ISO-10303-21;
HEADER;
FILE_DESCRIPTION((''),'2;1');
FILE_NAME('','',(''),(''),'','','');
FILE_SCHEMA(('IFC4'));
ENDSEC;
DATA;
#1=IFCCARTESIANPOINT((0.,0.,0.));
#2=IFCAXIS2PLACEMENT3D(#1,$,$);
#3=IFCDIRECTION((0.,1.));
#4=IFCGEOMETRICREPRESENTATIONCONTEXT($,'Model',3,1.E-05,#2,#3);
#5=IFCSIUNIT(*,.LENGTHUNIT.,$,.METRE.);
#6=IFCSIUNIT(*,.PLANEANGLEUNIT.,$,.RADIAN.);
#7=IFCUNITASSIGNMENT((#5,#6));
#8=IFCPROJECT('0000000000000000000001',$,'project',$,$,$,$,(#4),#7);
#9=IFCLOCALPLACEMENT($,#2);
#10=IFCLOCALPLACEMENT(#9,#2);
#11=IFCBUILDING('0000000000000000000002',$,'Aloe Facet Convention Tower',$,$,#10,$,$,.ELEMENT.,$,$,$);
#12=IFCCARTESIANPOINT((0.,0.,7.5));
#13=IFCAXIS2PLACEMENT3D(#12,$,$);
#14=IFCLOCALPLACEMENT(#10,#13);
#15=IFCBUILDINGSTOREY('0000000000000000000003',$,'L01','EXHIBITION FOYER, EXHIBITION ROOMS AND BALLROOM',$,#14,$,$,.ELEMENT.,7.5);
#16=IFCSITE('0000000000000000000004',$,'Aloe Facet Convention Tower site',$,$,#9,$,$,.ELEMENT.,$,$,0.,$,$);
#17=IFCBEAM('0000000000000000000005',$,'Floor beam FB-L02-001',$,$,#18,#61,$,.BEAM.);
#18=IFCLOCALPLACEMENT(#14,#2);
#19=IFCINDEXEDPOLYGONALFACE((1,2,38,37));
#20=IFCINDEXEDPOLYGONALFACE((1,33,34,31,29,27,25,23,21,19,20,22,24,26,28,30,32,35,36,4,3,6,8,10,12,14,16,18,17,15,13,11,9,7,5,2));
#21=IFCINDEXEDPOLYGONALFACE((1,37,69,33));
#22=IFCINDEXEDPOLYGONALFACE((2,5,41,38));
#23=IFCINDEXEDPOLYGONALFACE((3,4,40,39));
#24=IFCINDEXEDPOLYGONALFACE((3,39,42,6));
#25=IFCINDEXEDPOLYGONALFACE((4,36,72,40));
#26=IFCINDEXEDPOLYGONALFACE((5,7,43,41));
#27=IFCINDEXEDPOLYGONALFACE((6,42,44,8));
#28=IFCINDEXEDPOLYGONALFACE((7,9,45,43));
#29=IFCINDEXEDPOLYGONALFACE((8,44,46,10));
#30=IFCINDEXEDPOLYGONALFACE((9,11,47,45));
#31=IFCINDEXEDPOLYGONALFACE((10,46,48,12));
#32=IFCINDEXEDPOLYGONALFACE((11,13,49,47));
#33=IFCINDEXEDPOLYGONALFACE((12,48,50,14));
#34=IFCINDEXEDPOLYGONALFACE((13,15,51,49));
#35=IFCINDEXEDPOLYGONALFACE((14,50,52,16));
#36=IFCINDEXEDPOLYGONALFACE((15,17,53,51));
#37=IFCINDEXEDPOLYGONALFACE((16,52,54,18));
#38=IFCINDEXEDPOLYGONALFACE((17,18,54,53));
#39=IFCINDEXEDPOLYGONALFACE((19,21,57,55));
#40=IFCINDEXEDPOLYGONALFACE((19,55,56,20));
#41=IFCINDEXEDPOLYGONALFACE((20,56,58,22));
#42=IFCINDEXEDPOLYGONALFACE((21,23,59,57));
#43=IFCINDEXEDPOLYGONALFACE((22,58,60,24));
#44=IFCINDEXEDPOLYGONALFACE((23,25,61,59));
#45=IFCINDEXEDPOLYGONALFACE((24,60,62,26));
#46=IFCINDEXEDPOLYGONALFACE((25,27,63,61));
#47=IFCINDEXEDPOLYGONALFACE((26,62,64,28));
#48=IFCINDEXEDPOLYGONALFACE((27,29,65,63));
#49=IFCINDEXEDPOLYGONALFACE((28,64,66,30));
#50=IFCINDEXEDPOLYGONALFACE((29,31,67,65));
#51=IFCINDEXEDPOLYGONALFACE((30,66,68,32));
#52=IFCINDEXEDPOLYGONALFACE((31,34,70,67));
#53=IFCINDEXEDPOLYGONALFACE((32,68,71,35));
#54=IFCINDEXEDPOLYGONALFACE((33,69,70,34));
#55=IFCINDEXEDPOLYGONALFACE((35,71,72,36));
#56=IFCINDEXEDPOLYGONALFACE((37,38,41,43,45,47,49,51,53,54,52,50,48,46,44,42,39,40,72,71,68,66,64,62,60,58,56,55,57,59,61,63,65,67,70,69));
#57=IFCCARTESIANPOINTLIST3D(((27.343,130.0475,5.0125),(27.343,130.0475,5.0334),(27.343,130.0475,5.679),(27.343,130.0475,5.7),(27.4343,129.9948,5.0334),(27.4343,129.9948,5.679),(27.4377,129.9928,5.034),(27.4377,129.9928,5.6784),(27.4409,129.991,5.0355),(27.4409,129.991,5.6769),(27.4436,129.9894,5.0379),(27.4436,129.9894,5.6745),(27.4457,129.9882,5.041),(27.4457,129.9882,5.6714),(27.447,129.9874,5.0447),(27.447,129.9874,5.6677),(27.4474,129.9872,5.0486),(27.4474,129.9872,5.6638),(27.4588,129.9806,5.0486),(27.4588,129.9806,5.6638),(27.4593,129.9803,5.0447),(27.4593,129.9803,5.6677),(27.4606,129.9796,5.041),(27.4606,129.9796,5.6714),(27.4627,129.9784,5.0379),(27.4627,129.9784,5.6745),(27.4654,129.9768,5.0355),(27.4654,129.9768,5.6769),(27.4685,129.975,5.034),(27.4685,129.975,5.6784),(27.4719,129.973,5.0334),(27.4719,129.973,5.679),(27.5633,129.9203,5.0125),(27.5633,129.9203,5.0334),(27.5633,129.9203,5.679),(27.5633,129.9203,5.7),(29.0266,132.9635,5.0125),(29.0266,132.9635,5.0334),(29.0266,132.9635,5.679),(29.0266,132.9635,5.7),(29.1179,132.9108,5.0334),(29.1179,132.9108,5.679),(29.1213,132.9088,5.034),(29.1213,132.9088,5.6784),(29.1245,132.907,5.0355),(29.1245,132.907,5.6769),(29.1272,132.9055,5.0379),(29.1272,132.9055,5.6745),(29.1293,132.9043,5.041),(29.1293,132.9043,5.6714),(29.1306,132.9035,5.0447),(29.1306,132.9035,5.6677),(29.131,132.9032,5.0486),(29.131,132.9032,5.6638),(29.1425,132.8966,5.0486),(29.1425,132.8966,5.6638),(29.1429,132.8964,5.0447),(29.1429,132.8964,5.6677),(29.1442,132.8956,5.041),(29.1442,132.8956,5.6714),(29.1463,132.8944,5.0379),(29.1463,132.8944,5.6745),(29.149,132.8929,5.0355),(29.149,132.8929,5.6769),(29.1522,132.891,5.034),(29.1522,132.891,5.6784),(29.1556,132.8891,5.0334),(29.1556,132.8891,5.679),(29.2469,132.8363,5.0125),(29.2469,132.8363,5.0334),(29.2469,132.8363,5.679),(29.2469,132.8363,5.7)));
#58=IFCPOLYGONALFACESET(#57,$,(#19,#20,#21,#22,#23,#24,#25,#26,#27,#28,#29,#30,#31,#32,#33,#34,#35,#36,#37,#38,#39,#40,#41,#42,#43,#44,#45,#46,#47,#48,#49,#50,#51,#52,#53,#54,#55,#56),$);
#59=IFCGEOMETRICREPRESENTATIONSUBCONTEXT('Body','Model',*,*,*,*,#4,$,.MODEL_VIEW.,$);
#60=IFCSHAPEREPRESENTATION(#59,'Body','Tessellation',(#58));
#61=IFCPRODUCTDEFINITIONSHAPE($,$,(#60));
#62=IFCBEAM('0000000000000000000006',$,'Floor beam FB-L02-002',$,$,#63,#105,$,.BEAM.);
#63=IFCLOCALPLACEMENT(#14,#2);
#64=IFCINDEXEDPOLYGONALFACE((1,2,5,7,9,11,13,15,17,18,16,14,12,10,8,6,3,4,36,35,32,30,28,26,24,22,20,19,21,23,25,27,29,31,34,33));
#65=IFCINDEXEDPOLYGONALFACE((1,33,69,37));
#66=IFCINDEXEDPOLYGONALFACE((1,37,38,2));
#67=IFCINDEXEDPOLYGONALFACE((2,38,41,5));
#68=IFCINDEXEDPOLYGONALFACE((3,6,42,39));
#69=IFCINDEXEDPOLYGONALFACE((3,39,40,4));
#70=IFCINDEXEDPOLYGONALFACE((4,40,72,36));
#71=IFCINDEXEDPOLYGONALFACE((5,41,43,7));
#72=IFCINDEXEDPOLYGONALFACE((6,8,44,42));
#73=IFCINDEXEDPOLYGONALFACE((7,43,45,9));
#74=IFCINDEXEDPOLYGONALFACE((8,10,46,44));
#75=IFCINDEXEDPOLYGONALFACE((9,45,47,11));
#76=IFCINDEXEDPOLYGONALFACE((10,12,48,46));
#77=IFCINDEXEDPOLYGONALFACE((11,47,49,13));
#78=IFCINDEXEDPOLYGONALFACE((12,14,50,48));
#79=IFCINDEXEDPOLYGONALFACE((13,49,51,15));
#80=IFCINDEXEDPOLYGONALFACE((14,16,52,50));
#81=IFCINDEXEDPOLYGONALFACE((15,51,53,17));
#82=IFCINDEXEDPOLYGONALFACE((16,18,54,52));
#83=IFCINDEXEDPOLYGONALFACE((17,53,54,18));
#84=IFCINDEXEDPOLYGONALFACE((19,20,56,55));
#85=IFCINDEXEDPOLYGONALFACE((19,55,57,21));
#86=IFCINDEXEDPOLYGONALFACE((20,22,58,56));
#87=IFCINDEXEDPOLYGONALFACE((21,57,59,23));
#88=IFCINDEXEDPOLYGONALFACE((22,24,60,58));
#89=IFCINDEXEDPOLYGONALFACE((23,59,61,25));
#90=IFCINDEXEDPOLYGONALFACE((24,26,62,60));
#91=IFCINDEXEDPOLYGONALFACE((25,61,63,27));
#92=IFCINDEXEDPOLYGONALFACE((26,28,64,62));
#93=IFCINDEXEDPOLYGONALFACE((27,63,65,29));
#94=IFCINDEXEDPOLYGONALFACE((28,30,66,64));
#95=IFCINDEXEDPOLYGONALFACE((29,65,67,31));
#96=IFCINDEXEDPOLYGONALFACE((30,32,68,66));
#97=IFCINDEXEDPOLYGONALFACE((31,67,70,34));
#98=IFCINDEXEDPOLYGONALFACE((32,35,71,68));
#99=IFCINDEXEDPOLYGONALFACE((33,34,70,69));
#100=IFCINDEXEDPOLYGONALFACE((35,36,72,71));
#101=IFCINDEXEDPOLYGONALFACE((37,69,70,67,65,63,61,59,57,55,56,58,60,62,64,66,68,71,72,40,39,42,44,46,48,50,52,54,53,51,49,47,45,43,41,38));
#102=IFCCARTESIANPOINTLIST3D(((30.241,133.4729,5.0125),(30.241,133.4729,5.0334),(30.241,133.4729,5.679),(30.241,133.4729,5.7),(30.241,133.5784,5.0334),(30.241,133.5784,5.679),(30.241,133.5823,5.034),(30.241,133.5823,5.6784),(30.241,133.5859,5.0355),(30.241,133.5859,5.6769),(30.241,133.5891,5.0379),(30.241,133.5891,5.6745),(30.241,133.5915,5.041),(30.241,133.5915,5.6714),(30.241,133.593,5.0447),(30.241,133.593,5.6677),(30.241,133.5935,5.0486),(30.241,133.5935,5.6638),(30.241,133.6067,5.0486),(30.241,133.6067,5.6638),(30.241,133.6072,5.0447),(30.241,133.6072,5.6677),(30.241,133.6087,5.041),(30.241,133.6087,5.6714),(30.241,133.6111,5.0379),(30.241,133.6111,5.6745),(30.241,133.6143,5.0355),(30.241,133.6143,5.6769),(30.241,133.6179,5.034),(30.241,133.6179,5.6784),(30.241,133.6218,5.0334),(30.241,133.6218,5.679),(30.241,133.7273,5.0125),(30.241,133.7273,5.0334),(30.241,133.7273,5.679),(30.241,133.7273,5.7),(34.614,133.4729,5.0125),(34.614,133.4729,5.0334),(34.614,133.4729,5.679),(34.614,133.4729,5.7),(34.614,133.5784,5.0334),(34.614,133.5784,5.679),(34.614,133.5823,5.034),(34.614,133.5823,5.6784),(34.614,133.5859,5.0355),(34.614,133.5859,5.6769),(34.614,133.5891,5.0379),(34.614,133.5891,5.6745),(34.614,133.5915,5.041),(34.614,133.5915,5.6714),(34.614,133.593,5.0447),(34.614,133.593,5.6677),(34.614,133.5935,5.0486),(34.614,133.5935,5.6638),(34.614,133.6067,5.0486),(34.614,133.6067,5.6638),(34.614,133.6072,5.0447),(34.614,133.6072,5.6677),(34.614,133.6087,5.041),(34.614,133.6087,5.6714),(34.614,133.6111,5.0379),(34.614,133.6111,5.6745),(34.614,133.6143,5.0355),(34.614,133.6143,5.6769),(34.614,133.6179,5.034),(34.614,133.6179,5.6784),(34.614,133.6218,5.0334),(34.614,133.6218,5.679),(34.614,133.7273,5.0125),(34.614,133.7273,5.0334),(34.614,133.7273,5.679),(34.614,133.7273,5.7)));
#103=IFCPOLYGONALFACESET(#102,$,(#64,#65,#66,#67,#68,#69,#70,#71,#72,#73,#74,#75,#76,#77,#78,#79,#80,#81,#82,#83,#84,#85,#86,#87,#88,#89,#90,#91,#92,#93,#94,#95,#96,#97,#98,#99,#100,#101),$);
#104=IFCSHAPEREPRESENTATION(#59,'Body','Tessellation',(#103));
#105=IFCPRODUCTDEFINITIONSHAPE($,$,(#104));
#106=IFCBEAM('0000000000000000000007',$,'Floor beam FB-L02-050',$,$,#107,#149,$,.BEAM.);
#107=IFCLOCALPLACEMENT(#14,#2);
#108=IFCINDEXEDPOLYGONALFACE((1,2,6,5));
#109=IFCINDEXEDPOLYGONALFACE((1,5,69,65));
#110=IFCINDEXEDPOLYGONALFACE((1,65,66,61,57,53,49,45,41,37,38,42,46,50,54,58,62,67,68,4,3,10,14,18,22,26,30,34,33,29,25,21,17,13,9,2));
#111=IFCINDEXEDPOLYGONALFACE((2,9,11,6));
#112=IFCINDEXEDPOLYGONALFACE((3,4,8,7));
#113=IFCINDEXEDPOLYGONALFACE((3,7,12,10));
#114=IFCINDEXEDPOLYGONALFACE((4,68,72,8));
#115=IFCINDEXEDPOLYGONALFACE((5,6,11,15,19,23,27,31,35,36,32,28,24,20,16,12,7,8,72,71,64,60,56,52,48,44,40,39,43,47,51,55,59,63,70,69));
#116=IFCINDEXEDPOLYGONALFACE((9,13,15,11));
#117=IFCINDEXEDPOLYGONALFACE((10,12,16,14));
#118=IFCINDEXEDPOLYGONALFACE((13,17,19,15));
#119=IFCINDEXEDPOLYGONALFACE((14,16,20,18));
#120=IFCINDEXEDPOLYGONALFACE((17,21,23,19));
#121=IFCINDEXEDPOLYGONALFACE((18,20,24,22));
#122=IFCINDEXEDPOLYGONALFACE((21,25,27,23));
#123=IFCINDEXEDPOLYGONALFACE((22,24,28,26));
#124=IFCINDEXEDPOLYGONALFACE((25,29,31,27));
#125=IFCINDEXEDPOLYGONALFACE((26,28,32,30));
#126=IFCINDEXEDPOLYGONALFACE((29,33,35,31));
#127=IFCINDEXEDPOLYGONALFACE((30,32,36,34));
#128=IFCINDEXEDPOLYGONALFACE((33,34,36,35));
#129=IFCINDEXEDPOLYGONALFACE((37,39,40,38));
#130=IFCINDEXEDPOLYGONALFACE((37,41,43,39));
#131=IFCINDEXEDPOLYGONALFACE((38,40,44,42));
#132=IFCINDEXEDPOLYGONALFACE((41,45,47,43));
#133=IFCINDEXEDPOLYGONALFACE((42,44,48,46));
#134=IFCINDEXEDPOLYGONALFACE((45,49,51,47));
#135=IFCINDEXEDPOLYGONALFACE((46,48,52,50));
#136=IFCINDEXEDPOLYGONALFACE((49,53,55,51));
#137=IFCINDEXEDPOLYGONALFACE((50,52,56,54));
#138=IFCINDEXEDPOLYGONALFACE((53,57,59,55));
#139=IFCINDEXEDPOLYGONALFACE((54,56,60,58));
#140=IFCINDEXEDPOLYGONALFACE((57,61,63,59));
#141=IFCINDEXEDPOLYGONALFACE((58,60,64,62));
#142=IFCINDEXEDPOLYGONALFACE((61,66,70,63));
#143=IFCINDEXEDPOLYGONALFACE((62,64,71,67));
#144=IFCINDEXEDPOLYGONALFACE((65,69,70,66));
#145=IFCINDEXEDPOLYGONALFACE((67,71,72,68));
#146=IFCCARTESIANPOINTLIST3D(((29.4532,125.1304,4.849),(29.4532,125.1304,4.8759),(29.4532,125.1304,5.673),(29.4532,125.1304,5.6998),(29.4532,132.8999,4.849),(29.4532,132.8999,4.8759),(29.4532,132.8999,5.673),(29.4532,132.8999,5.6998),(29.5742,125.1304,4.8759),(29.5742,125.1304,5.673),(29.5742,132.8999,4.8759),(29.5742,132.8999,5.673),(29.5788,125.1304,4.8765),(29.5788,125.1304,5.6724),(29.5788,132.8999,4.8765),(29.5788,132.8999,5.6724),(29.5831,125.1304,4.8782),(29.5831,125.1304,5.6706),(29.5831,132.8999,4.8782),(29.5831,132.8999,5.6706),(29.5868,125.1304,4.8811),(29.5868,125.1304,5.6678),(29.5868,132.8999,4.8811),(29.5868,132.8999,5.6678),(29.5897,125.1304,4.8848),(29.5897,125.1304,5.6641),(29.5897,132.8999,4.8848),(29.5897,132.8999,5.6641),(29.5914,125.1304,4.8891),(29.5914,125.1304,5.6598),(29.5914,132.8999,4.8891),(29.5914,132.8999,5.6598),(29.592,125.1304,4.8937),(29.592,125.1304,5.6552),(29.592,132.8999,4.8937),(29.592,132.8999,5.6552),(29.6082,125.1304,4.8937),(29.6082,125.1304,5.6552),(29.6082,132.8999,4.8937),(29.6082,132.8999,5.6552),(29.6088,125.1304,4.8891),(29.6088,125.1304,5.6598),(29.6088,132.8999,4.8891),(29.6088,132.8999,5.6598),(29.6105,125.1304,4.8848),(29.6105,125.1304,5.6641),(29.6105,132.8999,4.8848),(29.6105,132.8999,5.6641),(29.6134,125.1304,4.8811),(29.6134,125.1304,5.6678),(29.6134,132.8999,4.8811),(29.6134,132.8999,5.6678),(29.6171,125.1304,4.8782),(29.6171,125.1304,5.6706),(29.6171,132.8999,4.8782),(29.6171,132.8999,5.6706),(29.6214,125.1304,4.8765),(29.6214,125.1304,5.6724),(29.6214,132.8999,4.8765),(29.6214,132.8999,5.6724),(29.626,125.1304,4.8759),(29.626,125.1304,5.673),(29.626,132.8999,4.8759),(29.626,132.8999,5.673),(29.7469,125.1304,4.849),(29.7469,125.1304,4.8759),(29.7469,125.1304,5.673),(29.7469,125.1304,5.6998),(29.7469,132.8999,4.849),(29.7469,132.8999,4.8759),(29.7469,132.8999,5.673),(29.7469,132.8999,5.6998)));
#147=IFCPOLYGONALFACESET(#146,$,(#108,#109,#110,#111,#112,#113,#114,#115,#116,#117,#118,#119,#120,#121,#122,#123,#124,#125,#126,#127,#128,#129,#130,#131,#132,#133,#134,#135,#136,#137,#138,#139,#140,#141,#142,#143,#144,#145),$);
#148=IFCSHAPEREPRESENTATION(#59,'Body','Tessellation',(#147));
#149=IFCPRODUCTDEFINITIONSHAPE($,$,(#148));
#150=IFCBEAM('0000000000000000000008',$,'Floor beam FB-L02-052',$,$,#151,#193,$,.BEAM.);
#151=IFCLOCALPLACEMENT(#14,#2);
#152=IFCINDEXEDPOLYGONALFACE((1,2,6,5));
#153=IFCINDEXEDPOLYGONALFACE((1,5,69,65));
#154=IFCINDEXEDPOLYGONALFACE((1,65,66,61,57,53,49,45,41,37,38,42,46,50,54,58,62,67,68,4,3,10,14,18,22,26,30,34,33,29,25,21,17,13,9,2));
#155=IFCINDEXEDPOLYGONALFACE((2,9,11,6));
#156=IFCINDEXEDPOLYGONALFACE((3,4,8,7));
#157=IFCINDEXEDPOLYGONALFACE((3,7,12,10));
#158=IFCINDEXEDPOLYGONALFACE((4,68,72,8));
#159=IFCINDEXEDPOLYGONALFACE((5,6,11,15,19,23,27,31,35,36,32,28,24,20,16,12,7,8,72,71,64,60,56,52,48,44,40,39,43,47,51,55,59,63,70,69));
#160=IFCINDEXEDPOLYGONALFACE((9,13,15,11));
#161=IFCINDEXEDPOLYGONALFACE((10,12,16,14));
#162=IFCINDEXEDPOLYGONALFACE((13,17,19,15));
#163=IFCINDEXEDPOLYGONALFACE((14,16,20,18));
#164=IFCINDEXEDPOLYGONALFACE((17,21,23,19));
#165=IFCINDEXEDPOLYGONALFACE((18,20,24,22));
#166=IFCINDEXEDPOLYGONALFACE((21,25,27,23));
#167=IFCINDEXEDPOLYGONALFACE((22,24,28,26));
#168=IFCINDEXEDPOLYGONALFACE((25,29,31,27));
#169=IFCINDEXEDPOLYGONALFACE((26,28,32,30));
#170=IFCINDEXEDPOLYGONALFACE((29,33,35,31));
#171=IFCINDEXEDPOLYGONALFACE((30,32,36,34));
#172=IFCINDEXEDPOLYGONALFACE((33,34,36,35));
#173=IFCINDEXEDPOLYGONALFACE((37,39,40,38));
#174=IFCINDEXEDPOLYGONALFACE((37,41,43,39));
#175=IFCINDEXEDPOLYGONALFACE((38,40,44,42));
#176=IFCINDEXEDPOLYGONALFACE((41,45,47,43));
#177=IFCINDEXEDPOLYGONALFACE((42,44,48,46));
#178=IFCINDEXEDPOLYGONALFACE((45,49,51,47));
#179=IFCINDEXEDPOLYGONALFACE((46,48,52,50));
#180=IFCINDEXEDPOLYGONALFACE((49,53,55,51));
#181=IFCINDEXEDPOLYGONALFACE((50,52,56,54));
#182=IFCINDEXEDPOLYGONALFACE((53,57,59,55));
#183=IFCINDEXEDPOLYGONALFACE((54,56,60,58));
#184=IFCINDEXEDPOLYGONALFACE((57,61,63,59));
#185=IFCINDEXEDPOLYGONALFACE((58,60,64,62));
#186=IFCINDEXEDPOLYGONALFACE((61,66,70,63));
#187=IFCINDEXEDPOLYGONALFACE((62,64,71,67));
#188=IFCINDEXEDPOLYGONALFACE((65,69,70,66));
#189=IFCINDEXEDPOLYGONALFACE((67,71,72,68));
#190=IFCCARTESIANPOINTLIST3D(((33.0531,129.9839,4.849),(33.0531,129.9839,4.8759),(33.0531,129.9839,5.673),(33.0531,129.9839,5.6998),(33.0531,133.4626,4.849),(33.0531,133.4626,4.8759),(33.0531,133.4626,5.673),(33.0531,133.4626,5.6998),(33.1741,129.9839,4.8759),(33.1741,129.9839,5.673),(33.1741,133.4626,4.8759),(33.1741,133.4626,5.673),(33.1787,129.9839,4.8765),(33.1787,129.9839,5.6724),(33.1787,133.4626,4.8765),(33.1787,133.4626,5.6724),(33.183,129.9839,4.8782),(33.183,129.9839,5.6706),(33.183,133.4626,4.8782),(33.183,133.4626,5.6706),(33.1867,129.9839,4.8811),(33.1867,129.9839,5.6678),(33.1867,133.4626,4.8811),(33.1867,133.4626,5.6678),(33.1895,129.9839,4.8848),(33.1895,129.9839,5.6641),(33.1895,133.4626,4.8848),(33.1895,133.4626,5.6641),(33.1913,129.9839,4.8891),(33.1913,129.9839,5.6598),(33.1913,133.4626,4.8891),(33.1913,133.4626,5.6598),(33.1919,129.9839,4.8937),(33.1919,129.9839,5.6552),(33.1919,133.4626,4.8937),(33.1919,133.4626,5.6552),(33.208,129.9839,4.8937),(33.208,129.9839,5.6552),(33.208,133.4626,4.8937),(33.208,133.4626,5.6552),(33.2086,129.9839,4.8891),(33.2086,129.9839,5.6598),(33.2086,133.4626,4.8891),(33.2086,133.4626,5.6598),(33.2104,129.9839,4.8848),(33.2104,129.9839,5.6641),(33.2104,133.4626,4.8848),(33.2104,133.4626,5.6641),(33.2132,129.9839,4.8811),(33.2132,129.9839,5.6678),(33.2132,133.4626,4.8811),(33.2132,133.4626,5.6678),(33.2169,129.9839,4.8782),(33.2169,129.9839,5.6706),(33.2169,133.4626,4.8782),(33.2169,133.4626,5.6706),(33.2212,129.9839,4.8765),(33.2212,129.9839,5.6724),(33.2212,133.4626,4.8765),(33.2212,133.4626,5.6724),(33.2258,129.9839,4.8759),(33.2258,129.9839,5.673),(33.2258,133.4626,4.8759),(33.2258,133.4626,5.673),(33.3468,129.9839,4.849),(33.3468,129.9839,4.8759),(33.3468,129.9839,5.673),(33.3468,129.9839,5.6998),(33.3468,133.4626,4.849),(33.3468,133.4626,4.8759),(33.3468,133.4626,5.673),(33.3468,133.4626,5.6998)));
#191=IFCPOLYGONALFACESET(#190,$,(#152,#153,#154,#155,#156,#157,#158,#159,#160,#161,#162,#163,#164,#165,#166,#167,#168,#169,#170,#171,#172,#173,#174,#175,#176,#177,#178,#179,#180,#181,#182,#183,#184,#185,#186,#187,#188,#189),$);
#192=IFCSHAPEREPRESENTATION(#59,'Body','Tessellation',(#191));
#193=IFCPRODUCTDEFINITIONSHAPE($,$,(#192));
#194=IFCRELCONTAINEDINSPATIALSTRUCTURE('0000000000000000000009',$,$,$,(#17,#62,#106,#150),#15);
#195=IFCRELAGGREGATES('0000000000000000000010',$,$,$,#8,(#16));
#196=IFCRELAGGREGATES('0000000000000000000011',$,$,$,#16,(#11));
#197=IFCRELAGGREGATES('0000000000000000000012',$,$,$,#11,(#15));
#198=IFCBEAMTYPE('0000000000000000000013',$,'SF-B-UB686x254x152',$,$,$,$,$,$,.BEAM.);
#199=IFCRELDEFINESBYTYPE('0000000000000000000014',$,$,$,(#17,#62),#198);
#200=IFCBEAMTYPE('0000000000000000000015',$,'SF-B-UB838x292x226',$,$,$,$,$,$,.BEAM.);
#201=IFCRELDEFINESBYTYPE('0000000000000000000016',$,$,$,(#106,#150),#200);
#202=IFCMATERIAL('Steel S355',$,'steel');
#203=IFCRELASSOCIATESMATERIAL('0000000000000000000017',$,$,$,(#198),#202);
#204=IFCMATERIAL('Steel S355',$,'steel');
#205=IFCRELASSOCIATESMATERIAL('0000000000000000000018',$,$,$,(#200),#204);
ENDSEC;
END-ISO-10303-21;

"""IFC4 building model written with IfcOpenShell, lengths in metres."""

from ifc_helpers import new_model, si_unit, direction, frame, origin, origin_2d, place, context, subcontext, project, spatial, i_section, extrude, material, material_profile, profile_set, type_object, element, save


model = new_model("IFC4")

# Units and contexts
model_context = context("Model", 3, precision=1e-05, world=origin(), true_north=direction((0.0, 1.0)))
body_context = subcontext(model_context, "Body", "Model", "MODEL_VIEW")
ifc_project = project(units=[si_unit("LENGTHUNIT", "METRE"), si_unit("PLANEANGLEUNIT", "RADIAN")], contexts=[model_context])

# Site, building, storey
site_placement = place(None, origin())
site = spatial("IfcSite", under=ifc_project, at=site_placement, Name="Aloe Facet Convention Tower site", CompositionType="ELEMENT", RefElevation=0.0)
building_placement = place(site_placement, origin())
building = spatial("IfcBuilding", under=site, at=building_placement, Name="Aloe Facet Convention Tower", CompositionType="ELEMENT")
storey_placement = place(building_placement, frame((0.0, 0.0, 7.5)))
storey = spatial("IfcBuildingStorey", under=building, at=storey_placement, Name="L01", Description="EXHIBITION FOYER, EXHIBITION ROOMS AND BALLROOM", CompositionType="ELEMENT", Elevation=7.5)

# Beams
ifc_material_1 = material(Name="Steel S355", Category="steel")
ifc_material_profile_1 = material_profile(ifc_material_1, i_section(OverallWidth=0.2544, OverallDepth=0.6875, WebThickness=0.0132, FlangeThickness=0.021, FilletRadius=0.0151, at=origin_2d()), Name="UB 686x254x152")
ifc_profile_set_1 = profile_set([ifc_material_profile_1], Name="Steel S355")
beam_type_1 = type_object("IfcBeamType", Name="SF-B-UB686x254x152", PredefinedType="BEAM", material=ifc_profile_set_1)
beam_1_placement = place(storey_placement, frame((27.4531, 129.9839, 5.3562), z_axis=(0.500007, 0.866021, 0.0), x_axis=(-0.866021, 0.500007, 0.0)))
element("IfcBeam", 1, at=beam_1_placement, inside=storey, type_object=beam_type_1, Name="Floor beam FB-L02-001", PredefinedType="BEAM", context=body_context, shape_type="SweptSolid", body=[
    extrude(i_section(OverallWidth=0.2544, OverallDepth=0.6875, WebThickness=0.0132, FlangeThickness=0.021, FilletRadius=0.0151, at=origin_2d()), origin(), (0.0, 0.0, 1.0), 3.3672),
])
beam_2_placement = place(storey_placement, frame((30.241, 133.6001, 5.3562), z_axis=(1.0, 0.0, 0.0), x_axis=(0.0, 1.0, 0.0)))
element("IfcBeam", 2, at=beam_2_placement, inside=storey, type_object=beam_type_1, Name="Floor beam FB-L02-002", PredefinedType="BEAM", context=body_context, shape_type="SweptSolid", body=[
    extrude(i_section(OverallWidth=0.2544, OverallDepth=0.6875, WebThickness=0.0132, FlangeThickness=0.021, FilletRadius=0.0151, at=origin_2d()), origin(), (0.0, 0.0, 1.0), 4.373),
])
ifc_material_2 = material(Name="Steel S355", Category="steel")
ifc_material_profile_2 = material_profile(ifc_material_2, i_section(OverallWidth=0.2937, OverallDepth=0.8508, WebThickness=0.0161, FlangeThickness=0.0269, FilletRadius=0.0178, at=origin_2d()), Name="UB 838x292x226")
ifc_profile_set_2 = profile_set([ifc_material_profile_2], Name="Steel S355")
beam_type_2 = type_object("IfcBeamType", Name="SF-B-UB838x292x226", PredefinedType="BEAM", material=ifc_profile_set_2)
beam_3_placement = place(storey_placement, frame((29.6001, 125.1304, 5.2744), z_axis=(0.0, 1.0, 0.0), x_axis=(-1.0, 0.0, 0.0)))
element("IfcBeam", 3, at=beam_3_placement, inside=storey, type_object=beam_type_2, Name="Floor beam FB-L02-050", PredefinedType="BEAM", context=body_context, shape_type="SweptSolid", body=[
    extrude(i_section(OverallWidth=0.2937, OverallDepth=0.8508, WebThickness=0.0161, FlangeThickness=0.0269, FilletRadius=0.0178, at=origin_2d()), origin(), (0.0, 0.0, 1.0), 7.7695),
])
beam_4_placement = place(storey_placement, frame((33.2, 129.9839, 5.2744), z_axis=(0.0, 1.0, 0.0), x_axis=(-1.0, 0.0, 0.0)))
element("IfcBeam", 4, at=beam_4_placement, inside=storey, type_object=beam_type_2, Name="Floor beam FB-L02-052", PredefinedType="BEAM", context=body_context, shape_type="SweptSolid", body=[
    extrude(i_section(OverallWidth=0.2937, OverallDepth=0.8508, WebThickness=0.0161, FlangeThickness=0.0269, FilletRadius=0.0178, at=origin_2d()), origin(), (0.0, 0.0, 1.0), 3.4788),
])

save(model, "model.ifc")
